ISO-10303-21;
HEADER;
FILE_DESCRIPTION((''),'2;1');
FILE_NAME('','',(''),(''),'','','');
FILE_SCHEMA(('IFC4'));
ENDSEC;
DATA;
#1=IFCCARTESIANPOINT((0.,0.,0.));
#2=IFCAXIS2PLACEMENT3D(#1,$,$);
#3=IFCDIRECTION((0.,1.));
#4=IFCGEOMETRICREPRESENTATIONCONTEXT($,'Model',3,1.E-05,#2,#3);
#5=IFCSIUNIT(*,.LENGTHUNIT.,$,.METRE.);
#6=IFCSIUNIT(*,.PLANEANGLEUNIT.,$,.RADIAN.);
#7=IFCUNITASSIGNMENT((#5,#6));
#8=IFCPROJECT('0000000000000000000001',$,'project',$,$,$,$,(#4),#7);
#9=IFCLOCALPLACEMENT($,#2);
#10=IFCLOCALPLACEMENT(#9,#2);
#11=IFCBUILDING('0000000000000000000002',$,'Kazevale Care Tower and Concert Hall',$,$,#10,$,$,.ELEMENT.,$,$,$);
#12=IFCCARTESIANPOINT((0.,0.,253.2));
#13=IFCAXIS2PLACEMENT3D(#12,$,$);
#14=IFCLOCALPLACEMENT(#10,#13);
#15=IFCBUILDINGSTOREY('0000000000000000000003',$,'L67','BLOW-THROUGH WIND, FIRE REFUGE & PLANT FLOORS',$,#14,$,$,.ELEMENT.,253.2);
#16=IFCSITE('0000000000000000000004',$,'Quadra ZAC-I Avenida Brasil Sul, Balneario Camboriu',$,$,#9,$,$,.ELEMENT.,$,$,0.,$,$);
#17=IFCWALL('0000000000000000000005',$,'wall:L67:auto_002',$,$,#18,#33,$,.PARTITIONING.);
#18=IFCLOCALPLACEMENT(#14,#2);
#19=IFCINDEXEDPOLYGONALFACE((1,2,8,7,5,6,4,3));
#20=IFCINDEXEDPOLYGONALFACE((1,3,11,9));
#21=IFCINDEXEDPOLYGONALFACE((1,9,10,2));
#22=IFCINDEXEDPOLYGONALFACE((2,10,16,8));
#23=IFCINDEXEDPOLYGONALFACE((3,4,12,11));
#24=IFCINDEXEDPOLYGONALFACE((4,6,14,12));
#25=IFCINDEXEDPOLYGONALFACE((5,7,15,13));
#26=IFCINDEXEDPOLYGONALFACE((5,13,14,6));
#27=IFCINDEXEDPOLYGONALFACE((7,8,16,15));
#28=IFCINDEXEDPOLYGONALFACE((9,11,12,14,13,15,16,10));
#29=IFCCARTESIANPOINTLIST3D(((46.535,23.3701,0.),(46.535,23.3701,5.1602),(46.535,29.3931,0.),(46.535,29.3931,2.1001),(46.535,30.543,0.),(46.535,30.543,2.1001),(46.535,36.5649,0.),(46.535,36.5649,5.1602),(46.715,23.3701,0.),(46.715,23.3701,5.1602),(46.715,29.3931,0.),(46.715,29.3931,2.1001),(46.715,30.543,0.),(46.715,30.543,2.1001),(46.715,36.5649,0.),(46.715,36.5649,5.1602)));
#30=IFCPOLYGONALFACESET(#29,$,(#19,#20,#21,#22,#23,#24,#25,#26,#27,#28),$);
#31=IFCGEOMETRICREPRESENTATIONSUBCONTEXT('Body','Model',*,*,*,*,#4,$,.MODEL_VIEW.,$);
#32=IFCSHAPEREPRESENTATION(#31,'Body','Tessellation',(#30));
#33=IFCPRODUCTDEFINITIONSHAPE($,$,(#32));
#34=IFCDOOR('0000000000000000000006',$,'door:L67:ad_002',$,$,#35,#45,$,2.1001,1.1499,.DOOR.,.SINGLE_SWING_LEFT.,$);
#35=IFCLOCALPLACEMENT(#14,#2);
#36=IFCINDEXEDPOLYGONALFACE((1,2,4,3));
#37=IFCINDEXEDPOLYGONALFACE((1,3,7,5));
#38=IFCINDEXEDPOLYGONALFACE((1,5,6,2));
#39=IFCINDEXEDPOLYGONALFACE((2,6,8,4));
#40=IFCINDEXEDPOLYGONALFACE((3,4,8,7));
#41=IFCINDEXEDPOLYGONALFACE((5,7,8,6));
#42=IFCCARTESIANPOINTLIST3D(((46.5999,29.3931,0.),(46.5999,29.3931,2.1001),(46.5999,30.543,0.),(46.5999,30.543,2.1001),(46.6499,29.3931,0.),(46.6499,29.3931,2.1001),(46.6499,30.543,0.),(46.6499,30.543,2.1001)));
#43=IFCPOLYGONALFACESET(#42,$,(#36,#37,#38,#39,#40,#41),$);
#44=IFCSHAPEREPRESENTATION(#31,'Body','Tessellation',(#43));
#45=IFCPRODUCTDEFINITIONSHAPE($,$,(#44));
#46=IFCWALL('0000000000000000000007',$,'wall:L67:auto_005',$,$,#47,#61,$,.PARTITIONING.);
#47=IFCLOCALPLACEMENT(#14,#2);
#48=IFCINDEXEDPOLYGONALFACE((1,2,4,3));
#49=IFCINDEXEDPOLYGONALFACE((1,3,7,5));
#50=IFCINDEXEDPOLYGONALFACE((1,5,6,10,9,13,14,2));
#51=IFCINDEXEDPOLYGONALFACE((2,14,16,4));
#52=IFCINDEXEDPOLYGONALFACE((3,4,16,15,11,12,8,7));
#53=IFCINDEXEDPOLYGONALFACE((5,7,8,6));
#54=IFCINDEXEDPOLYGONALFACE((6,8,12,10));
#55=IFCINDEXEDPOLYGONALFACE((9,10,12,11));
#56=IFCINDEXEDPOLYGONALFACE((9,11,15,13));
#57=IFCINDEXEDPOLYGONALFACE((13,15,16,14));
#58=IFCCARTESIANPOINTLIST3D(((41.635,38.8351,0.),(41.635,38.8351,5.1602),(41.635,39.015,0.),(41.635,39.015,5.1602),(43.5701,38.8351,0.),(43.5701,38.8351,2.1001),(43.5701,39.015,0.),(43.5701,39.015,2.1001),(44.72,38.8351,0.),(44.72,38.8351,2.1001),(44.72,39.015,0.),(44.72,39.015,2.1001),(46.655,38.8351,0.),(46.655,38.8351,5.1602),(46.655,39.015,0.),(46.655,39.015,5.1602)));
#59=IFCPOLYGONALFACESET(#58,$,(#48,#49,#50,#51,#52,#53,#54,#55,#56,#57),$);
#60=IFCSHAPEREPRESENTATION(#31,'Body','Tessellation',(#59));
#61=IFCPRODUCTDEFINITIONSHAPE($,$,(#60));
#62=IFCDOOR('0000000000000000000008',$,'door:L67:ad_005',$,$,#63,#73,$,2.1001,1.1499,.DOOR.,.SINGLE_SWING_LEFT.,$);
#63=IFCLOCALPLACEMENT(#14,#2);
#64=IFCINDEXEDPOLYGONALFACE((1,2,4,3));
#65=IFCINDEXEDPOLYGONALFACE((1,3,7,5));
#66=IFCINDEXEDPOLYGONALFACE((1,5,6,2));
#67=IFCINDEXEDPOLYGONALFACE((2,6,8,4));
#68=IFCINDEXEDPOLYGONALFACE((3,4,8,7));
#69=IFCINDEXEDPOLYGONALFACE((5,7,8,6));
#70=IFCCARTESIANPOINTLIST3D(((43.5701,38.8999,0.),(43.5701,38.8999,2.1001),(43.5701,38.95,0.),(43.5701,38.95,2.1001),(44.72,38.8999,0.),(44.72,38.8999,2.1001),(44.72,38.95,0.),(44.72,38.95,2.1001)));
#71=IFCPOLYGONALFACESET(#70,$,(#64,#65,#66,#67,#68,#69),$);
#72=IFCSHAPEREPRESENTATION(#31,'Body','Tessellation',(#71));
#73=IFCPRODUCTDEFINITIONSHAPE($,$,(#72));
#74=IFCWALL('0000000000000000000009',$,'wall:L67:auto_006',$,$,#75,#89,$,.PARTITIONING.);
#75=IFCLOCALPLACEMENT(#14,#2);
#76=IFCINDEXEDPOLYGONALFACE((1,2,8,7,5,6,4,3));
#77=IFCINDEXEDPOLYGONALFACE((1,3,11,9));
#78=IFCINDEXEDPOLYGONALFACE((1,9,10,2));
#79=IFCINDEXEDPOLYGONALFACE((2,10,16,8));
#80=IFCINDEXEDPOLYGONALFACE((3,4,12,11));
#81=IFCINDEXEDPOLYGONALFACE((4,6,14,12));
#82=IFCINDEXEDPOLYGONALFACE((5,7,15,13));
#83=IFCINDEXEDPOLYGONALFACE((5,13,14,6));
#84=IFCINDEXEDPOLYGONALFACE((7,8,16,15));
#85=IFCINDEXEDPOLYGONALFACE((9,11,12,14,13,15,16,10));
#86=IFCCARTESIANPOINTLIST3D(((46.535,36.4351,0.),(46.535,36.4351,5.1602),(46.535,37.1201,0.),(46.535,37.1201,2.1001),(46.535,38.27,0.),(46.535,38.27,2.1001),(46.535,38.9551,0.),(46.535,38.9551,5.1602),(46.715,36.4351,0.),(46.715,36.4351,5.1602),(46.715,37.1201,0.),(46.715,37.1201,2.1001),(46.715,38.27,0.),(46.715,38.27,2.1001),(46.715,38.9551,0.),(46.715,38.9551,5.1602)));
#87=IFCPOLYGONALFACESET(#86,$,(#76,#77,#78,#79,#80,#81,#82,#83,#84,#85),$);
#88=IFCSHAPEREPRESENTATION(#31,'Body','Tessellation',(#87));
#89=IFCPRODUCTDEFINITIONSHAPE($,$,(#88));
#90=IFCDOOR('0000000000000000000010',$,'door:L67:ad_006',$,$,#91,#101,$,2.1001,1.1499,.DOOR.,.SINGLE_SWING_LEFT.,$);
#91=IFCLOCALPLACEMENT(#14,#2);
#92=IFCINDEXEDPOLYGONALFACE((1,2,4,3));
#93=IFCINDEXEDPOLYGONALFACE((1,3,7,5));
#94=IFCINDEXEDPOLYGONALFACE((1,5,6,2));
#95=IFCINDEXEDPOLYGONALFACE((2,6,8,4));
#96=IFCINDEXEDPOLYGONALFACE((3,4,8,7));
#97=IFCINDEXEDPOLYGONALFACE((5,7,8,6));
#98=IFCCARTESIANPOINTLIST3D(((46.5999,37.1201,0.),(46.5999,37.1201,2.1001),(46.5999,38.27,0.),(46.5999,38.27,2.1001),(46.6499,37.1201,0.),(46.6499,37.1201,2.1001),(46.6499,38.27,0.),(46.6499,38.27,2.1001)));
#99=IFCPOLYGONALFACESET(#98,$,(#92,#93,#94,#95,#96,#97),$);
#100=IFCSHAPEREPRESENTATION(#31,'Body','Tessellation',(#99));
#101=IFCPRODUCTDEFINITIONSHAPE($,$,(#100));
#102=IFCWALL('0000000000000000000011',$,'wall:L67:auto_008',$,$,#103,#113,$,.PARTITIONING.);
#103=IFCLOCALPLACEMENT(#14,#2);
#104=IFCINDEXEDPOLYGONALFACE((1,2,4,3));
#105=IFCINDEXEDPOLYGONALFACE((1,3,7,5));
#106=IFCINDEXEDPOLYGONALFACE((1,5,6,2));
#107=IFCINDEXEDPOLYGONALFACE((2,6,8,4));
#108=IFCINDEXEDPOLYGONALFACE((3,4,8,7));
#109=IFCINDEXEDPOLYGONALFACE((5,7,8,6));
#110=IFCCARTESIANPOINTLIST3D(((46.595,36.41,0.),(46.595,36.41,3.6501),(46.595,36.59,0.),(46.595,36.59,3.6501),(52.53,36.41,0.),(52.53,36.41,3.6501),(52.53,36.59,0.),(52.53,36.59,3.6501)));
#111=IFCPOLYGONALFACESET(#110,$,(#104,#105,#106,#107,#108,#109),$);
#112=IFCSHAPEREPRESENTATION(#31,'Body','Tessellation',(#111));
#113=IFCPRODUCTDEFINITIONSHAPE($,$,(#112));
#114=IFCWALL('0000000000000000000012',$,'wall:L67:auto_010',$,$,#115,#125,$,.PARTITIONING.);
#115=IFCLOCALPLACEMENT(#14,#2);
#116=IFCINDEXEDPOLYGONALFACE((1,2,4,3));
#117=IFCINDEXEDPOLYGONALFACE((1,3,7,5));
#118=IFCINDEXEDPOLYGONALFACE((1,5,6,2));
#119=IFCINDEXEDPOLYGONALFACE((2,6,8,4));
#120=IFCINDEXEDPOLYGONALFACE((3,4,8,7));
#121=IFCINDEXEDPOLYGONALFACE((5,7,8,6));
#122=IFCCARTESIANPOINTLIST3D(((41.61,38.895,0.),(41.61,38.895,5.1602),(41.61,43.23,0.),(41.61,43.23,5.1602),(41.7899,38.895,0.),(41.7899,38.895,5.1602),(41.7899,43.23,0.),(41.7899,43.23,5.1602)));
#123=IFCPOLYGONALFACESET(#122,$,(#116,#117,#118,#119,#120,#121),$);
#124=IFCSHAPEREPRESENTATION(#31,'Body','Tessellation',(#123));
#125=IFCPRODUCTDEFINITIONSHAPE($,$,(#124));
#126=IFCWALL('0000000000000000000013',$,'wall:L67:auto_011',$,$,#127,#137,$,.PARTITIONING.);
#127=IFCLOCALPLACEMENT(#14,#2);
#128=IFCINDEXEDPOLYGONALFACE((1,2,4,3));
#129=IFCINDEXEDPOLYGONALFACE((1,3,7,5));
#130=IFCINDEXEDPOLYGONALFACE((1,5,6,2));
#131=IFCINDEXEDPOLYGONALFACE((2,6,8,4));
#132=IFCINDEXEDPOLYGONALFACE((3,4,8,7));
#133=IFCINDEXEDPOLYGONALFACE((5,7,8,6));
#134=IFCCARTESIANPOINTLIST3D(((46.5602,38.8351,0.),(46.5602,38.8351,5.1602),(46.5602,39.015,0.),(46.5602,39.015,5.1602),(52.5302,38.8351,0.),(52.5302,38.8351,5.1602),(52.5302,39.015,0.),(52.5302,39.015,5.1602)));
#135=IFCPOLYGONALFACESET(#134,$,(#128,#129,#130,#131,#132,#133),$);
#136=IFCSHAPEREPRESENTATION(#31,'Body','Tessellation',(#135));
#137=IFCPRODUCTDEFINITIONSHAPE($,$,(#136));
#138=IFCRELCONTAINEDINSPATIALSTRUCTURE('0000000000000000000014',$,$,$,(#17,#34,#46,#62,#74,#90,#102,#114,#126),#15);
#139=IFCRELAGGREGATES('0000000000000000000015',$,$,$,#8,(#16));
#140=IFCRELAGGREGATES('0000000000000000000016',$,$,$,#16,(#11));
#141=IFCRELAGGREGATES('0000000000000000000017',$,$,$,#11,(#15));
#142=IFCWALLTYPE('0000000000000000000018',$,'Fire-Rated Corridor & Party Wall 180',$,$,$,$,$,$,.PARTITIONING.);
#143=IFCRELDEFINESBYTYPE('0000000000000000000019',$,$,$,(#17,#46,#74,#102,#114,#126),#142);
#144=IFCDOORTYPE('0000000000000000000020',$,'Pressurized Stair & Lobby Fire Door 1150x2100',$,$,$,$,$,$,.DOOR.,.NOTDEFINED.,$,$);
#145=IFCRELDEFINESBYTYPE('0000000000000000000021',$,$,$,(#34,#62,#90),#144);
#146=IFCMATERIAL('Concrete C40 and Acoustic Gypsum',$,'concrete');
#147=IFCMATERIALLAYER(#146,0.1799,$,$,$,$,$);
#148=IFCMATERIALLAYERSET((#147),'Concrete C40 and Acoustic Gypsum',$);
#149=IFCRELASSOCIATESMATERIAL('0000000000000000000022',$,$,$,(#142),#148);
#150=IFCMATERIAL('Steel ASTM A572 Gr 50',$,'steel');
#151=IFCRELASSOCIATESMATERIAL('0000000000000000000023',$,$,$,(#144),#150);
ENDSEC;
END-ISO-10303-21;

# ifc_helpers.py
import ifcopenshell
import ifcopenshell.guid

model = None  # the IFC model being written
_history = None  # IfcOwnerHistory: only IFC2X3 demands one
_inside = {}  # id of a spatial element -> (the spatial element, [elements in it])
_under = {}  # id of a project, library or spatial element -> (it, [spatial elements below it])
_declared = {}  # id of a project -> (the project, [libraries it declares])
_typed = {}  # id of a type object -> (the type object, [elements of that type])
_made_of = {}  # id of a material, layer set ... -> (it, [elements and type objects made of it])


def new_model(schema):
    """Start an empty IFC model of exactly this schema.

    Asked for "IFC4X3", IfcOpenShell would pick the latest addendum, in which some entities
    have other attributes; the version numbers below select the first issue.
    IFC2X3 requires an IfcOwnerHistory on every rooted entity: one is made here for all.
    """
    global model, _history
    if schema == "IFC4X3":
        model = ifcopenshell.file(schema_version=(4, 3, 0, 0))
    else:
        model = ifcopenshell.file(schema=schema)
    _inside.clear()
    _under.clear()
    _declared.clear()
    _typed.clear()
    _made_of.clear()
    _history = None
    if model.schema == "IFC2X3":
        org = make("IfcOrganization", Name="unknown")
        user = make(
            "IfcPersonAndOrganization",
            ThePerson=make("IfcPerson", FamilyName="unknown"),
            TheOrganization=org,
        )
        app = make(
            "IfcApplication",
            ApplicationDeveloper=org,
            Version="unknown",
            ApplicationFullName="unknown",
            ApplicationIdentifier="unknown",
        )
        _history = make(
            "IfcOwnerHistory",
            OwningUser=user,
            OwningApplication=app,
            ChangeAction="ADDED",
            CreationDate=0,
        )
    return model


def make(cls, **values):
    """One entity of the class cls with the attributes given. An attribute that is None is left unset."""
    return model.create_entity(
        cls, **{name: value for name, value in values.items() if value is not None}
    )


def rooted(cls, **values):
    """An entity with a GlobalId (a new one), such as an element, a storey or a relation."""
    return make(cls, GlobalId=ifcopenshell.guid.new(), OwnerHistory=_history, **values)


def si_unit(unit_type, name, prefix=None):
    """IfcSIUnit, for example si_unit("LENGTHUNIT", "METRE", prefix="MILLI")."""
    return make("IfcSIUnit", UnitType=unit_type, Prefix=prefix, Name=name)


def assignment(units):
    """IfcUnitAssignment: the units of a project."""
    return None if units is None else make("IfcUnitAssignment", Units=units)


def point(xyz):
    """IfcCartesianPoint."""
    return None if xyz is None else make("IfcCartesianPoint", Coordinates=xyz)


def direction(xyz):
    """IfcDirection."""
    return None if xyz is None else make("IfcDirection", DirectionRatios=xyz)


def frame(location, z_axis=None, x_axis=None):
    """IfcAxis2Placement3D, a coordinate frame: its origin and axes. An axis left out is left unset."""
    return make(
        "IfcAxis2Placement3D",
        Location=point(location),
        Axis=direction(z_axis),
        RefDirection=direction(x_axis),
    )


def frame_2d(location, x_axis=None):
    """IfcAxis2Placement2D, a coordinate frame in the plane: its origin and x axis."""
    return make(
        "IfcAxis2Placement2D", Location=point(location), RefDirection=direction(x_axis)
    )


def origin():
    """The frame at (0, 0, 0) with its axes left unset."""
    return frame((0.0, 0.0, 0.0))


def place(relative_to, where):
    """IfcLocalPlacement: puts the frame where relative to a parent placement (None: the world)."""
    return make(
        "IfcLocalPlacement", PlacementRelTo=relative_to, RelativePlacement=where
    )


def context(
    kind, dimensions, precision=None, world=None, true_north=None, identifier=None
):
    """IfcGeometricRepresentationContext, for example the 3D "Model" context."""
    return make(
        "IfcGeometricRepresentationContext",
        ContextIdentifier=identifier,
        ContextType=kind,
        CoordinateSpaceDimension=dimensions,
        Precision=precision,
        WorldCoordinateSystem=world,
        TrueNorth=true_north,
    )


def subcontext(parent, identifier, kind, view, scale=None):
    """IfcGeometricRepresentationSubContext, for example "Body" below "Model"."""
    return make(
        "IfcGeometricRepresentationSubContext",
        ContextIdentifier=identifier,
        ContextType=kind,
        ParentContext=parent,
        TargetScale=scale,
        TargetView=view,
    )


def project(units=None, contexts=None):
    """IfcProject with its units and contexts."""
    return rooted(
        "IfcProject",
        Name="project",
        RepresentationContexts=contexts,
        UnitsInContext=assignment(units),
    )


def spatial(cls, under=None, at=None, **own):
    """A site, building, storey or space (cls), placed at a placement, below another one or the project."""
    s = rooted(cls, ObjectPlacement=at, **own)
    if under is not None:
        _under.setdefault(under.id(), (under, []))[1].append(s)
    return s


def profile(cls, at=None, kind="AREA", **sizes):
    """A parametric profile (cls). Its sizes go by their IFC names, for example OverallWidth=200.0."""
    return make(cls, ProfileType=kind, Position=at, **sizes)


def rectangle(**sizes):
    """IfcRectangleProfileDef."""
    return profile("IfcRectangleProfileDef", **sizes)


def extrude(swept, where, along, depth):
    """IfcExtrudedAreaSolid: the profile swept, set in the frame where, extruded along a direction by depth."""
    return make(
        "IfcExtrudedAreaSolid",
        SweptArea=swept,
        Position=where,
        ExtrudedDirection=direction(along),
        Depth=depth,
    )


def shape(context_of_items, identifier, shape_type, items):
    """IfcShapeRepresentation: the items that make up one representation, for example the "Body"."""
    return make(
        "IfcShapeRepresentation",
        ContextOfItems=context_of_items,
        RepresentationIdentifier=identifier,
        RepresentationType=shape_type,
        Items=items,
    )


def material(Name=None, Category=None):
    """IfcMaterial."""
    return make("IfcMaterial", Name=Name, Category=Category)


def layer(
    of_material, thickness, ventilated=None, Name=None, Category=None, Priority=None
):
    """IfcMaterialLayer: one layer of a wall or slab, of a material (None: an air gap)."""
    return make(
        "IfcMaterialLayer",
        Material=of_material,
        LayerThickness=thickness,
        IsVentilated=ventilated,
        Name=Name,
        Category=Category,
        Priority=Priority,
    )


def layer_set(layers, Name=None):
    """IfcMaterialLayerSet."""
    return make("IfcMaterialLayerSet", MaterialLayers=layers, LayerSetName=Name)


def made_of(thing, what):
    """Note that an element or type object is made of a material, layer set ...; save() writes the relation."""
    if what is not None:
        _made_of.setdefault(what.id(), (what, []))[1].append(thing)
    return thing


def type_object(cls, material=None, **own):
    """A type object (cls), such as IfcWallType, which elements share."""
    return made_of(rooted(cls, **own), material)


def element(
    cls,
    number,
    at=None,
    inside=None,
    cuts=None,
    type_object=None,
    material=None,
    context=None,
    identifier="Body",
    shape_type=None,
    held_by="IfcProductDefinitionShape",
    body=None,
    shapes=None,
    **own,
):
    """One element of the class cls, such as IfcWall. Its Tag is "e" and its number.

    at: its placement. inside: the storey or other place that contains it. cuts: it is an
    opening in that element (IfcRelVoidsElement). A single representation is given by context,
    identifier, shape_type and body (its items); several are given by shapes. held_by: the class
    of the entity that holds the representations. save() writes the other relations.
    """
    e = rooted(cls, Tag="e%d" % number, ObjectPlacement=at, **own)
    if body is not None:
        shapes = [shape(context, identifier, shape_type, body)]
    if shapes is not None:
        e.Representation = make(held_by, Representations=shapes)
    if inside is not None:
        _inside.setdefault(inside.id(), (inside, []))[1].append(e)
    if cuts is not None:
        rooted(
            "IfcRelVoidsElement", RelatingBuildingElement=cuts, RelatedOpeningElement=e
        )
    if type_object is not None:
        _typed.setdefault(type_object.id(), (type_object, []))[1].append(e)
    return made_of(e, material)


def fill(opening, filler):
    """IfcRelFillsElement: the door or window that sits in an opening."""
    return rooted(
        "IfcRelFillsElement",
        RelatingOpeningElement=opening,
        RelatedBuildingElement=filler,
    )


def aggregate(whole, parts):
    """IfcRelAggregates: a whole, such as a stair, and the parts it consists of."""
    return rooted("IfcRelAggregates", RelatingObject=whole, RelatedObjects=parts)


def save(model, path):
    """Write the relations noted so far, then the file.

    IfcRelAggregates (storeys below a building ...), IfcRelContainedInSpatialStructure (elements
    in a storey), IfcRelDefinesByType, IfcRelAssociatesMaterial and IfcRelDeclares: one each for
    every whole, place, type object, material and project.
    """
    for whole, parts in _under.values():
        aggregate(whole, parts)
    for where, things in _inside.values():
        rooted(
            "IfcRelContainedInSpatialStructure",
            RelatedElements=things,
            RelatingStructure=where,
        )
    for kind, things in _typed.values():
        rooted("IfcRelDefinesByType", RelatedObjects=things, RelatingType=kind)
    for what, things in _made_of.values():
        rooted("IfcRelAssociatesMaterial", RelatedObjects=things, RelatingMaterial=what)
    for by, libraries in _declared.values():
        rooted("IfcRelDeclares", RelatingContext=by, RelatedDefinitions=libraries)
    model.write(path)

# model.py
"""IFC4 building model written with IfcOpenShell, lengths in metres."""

from ifc_helpers import new_model, si_unit, direction, frame, frame_2d, origin, place, context, subcontext, project, spatial, rectangle, extrude, material, layer, layer_set, type_object, element, fill, save


model = new_model("IFC4")

# Units and contexts
model_context = context("Model", 3, precision=1e-05, world=origin(), true_north=direction((0.0, 1.0)))
body_context = subcontext(model_context, "Body", "Model", "MODEL_VIEW")
ifc_project = project(units=[si_unit("LENGTHUNIT", "METRE"), si_unit("PLANEANGLEUNIT", "RADIAN")], contexts=[model_context])

# Site, building, storey
site_placement = place(None, origin())
site = spatial("IfcSite", under=ifc_project, at=site_placement, Name="Quadra ZAC-I Avenida Brasil Sul, Balneario Camboriu", CompositionType="ELEMENT", RefElevation=0.0)
building_placement = place(site_placement, origin())
building = spatial("IfcBuilding", under=site, at=building_placement, Name="Kazevale Care Tower and Concert Hall", CompositionType="ELEMENT")
storey_placement = place(building_placement, frame((0.0, 0.0, 253.2)))
storey = spatial("IfcBuildingStorey", under=building, at=storey_placement, Name="L67", Description="BLOW-THROUGH WIND, FIRE REFUGE & PLANT FLOORS", CompositionType="ELEMENT", Elevation=253.2)

# Shared definitions
ifc_material_1 = material(Name="Steel ASTM A572 Gr 50", Category="steel")

# Walls, openings, doors
ifc_material_2 = material(Name="Concrete C40 and Acoustic Gypsum", Category="concrete")
ifc_layer_1 = layer(ifc_material_2, 0.1799)
ifc_layer_set_1 = layer_set([ifc_layer_1], Name="Concrete C40 and Acoustic Gypsum")
wall_type_1 = type_object("IfcWallType", Name="Fire-Rated Corridor & Party Wall 180", PredefinedType="PARTITIONING", material=ifc_layer_set_1)
wall_1_placement = place(storey_placement, frame((46.625, 36.5649, 0.0), z_axis=(0.0, 0.0, 1.0), x_axis=(0.0, -1.0, 0.0)))
wall_1 = element("IfcWall", 1, at=wall_1_placement, inside=storey, type_object=wall_type_1, Name="wall:L67:auto_002", PredefinedType="PARTITIONING", context=body_context, shape_type="SweptSolid", body=[
    extrude(rectangle(XDim=13.1948, YDim=0.1799, at=frame_2d((6.5974, 0.0))), origin(), (0.0, 0.0, 1.0), 5.1602),
])
opening_1_placement = place(wall_1_placement, frame((6.022, 0.0, 0.0)))
opening_1 = element("IfcOpeningElement", 2, at=opening_1_placement, cuts=wall_1, PredefinedType="OPENING", context=body_context, shape_type="SweptSolid", body=[
    extrude(rectangle(XDim=1.1499, YDim=2.1001, at=frame_2d((0.575, 1.05))), frame((0.0, 0.0999, 0.0), z_axis=(0.0, -1.0, 0.0), x_axis=(1.0, 0.0, 0.0)), (0.0, 0.0, 1.0), 0.2),
])
door_type = type_object("IfcDoorType", Name="Pressurized Stair & Lobby Fire Door 1150x2100", OperationType="NOTDEFINED", PredefinedType="DOOR", material=ifc_material_1)
door_1_placement = place(opening_1_placement, origin())
door_1 = element("IfcDoor", 3, at=door_1_placement, inside=storey, type_object=door_type, Name="door:L67:ad_002", OperationType="SINGLE_SWING_LEFT", OverallHeight=2.1001, OverallWidth=1.1499, PredefinedType="DOOR", context=body_context, shape_type="SweptSolid", body=[
    extrude(rectangle(XDim=1.1499, YDim=2.1001, at=frame_2d((0.575, 1.05))), frame((0.0, 0.0249, 0.0), z_axis=(0.0, -1.0, 0.0), x_axis=(1.0, 0.0, 0.0)), (0.0, 0.0, 1.0), 0.05),
])
fill(opening_1, door_1)
wall_2_placement = place(storey_placement, frame((41.635, 38.925, 0.0), z_axis=(0.0, 0.0, 1.0), x_axis=(1.0, 0.0, 0.0)))
wall_2 = element("IfcWall", 4, at=wall_2_placement, inside=storey, type_object=wall_type_1, Name="wall:L67:auto_005", PredefinedType="PARTITIONING", context=body_context, shape_type="SweptSolid", body=[
    extrude(rectangle(XDim=5.02, YDim=0.1799, at=frame_2d((2.51, 0.0))), origin(), (0.0, 0.0, 1.0), 5.1602),
])
opening_2_placement = place(wall_2_placement, frame((1.9351, 0.0, 0.0)))
opening_2 = element("IfcOpeningElement", 5, at=opening_2_placement, cuts=wall_2, PredefinedType="OPENING", context=body_context, shape_type="SweptSolid", body=[
    extrude(rectangle(XDim=1.1499, YDim=2.1001, at=frame_2d((0.575, 1.05))), frame((0.0, 0.0999, 0.0), z_axis=(0.0, -1.0, 0.0), x_axis=(1.0, 0.0, 0.0)), (0.0, 0.0, 1.0), 0.2),
])
door_2_placement = place(opening_2_placement, origin())
door_2 = element("IfcDoor", 6, at=door_2_placement, inside=storey, type_object=door_type, Name="door:L67:ad_005", OperationType="SINGLE_SWING_LEFT", OverallHeight=2.1001, OverallWidth=1.1499, PredefinedType="DOOR", context=body_context, shape_type="SweptSolid", body=[
    extrude(rectangle(XDim=1.1499, YDim=2.1001, at=frame_2d((0.575, 1.05))), frame((0.0, 0.0249, 0.0), z_axis=(0.0, -1.0, 0.0), x_axis=(1.0, 0.0, 0.0)), (0.0, 0.0, 1.0), 0.05),
])
fill(opening_2, door_2)
wall_3_placement = place(storey_placement, frame((46.625, 38.9551, 0.0), z_axis=(0.0, 0.0, 1.0), x_axis=(0.0, -1.0, 0.0)))
wall_3 = element("IfcWall", 7, at=wall_3_placement, inside=storey, type_object=wall_type_1, Name="wall:L67:auto_006", PredefinedType="PARTITIONING", context=body_context, shape_type="SweptSolid", body=[
    extrude(rectangle(XDim=2.52, YDim=0.1799, at=frame_2d((1.26, 0.0))), origin(), (0.0, 0.0, 1.0), 5.1602),
])
opening_3_placement = place(wall_3_placement, frame((0.6851, 0.0, 0.0)))
opening_3 = element("IfcOpeningElement", 8, at=opening_3_placement, cuts=wall_3, PredefinedType="OPENING", context=body_context, shape_type="SweptSolid", body=[
    extrude(rectangle(XDim=1.1499, YDim=2.1001, at=frame_2d((0.575, 1.05))), frame((0.0, 0.0999, 0.0), z_axis=(0.0, -1.0, 0.0), x_axis=(1.0, 0.0, 0.0)), (0.0, 0.0, 1.0), 0.2),
])
door_3_placement = place(opening_3_placement, origin())
door_3 = element("IfcDoor", 9, at=door_3_placement, inside=storey, type_object=door_type, Name="door:L67:ad_006", OperationType="SINGLE_SWING_LEFT", OverallHeight=2.1001, OverallWidth=1.1499, PredefinedType="DOOR", context=body_context, shape_type="SweptSolid", body=[
    extrude(rectangle(XDim=1.1499, YDim=2.1001, at=frame_2d((0.575, 1.05))), frame((0.0, 0.0249, 0.0), z_axis=(0.0, -1.0, 0.0), x_axis=(1.0, 0.0, 0.0)), (0.0, 0.0, 1.0), 0.05),
])
fill(opening_3, door_3)

# Walls
wall_4_placement = place(storey_placement, frame((46.595, 36.5, 0.0), z_axis=(0.0, 0.0, 1.0), x_axis=(1.0, 0.0, 0.0)))
element("IfcWall", 10, at=wall_4_placement, inside=storey, type_object=wall_type_1, Name="wall:L67:auto_008", PredefinedType="PARTITIONING", context=body_context, shape_type="SweptSolid", body=[
    extrude(rectangle(XDim=5.9351, YDim=0.1799, at=frame_2d((2.9675, 0.0))), origin(), (0.0, 0.0, 1.0), 3.6501),
])
wall_5_placement = place(storey_placement, frame((41.7, 43.23, 0.0), z_axis=(0.0, 0.0, 1.0), x_axis=(0.0, -1.0, 0.0)))
element("IfcWall", 11, at=wall_5_placement, inside=storey, type_object=wall_type_1, Name="wall:L67:auto_010", PredefinedType="PARTITIONING", context=body_context, shape_type="SweptSolid", body=[
    extrude(rectangle(XDim=4.335, YDim=0.1799, at=frame_2d((2.1675, 0.0))), origin(), (0.0, 0.0, 1.0), 5.1602),
])
wall_6_placement = place(storey_placement, frame((52.53, 38.925, 0.0), z_axis=(0.0, 0.0, 1.0), x_axis=(-1.0, 0.0, 0.0)))
element("IfcWall", 12, at=wall_6_placement, inside=storey, type_object=wall_type_1, Name="wall:L67:auto_011", PredefinedType="PARTITIONING", context=body_context, shape_type="SweptSolid", body=[
    extrude(rectangle(XDim=5.97, YDim=0.1799, at=frame_2d((2.9849, 0.0))), origin(), (0.0, 0.0, 1.0), 5.1602),
])

save(model, "model.ifc")
